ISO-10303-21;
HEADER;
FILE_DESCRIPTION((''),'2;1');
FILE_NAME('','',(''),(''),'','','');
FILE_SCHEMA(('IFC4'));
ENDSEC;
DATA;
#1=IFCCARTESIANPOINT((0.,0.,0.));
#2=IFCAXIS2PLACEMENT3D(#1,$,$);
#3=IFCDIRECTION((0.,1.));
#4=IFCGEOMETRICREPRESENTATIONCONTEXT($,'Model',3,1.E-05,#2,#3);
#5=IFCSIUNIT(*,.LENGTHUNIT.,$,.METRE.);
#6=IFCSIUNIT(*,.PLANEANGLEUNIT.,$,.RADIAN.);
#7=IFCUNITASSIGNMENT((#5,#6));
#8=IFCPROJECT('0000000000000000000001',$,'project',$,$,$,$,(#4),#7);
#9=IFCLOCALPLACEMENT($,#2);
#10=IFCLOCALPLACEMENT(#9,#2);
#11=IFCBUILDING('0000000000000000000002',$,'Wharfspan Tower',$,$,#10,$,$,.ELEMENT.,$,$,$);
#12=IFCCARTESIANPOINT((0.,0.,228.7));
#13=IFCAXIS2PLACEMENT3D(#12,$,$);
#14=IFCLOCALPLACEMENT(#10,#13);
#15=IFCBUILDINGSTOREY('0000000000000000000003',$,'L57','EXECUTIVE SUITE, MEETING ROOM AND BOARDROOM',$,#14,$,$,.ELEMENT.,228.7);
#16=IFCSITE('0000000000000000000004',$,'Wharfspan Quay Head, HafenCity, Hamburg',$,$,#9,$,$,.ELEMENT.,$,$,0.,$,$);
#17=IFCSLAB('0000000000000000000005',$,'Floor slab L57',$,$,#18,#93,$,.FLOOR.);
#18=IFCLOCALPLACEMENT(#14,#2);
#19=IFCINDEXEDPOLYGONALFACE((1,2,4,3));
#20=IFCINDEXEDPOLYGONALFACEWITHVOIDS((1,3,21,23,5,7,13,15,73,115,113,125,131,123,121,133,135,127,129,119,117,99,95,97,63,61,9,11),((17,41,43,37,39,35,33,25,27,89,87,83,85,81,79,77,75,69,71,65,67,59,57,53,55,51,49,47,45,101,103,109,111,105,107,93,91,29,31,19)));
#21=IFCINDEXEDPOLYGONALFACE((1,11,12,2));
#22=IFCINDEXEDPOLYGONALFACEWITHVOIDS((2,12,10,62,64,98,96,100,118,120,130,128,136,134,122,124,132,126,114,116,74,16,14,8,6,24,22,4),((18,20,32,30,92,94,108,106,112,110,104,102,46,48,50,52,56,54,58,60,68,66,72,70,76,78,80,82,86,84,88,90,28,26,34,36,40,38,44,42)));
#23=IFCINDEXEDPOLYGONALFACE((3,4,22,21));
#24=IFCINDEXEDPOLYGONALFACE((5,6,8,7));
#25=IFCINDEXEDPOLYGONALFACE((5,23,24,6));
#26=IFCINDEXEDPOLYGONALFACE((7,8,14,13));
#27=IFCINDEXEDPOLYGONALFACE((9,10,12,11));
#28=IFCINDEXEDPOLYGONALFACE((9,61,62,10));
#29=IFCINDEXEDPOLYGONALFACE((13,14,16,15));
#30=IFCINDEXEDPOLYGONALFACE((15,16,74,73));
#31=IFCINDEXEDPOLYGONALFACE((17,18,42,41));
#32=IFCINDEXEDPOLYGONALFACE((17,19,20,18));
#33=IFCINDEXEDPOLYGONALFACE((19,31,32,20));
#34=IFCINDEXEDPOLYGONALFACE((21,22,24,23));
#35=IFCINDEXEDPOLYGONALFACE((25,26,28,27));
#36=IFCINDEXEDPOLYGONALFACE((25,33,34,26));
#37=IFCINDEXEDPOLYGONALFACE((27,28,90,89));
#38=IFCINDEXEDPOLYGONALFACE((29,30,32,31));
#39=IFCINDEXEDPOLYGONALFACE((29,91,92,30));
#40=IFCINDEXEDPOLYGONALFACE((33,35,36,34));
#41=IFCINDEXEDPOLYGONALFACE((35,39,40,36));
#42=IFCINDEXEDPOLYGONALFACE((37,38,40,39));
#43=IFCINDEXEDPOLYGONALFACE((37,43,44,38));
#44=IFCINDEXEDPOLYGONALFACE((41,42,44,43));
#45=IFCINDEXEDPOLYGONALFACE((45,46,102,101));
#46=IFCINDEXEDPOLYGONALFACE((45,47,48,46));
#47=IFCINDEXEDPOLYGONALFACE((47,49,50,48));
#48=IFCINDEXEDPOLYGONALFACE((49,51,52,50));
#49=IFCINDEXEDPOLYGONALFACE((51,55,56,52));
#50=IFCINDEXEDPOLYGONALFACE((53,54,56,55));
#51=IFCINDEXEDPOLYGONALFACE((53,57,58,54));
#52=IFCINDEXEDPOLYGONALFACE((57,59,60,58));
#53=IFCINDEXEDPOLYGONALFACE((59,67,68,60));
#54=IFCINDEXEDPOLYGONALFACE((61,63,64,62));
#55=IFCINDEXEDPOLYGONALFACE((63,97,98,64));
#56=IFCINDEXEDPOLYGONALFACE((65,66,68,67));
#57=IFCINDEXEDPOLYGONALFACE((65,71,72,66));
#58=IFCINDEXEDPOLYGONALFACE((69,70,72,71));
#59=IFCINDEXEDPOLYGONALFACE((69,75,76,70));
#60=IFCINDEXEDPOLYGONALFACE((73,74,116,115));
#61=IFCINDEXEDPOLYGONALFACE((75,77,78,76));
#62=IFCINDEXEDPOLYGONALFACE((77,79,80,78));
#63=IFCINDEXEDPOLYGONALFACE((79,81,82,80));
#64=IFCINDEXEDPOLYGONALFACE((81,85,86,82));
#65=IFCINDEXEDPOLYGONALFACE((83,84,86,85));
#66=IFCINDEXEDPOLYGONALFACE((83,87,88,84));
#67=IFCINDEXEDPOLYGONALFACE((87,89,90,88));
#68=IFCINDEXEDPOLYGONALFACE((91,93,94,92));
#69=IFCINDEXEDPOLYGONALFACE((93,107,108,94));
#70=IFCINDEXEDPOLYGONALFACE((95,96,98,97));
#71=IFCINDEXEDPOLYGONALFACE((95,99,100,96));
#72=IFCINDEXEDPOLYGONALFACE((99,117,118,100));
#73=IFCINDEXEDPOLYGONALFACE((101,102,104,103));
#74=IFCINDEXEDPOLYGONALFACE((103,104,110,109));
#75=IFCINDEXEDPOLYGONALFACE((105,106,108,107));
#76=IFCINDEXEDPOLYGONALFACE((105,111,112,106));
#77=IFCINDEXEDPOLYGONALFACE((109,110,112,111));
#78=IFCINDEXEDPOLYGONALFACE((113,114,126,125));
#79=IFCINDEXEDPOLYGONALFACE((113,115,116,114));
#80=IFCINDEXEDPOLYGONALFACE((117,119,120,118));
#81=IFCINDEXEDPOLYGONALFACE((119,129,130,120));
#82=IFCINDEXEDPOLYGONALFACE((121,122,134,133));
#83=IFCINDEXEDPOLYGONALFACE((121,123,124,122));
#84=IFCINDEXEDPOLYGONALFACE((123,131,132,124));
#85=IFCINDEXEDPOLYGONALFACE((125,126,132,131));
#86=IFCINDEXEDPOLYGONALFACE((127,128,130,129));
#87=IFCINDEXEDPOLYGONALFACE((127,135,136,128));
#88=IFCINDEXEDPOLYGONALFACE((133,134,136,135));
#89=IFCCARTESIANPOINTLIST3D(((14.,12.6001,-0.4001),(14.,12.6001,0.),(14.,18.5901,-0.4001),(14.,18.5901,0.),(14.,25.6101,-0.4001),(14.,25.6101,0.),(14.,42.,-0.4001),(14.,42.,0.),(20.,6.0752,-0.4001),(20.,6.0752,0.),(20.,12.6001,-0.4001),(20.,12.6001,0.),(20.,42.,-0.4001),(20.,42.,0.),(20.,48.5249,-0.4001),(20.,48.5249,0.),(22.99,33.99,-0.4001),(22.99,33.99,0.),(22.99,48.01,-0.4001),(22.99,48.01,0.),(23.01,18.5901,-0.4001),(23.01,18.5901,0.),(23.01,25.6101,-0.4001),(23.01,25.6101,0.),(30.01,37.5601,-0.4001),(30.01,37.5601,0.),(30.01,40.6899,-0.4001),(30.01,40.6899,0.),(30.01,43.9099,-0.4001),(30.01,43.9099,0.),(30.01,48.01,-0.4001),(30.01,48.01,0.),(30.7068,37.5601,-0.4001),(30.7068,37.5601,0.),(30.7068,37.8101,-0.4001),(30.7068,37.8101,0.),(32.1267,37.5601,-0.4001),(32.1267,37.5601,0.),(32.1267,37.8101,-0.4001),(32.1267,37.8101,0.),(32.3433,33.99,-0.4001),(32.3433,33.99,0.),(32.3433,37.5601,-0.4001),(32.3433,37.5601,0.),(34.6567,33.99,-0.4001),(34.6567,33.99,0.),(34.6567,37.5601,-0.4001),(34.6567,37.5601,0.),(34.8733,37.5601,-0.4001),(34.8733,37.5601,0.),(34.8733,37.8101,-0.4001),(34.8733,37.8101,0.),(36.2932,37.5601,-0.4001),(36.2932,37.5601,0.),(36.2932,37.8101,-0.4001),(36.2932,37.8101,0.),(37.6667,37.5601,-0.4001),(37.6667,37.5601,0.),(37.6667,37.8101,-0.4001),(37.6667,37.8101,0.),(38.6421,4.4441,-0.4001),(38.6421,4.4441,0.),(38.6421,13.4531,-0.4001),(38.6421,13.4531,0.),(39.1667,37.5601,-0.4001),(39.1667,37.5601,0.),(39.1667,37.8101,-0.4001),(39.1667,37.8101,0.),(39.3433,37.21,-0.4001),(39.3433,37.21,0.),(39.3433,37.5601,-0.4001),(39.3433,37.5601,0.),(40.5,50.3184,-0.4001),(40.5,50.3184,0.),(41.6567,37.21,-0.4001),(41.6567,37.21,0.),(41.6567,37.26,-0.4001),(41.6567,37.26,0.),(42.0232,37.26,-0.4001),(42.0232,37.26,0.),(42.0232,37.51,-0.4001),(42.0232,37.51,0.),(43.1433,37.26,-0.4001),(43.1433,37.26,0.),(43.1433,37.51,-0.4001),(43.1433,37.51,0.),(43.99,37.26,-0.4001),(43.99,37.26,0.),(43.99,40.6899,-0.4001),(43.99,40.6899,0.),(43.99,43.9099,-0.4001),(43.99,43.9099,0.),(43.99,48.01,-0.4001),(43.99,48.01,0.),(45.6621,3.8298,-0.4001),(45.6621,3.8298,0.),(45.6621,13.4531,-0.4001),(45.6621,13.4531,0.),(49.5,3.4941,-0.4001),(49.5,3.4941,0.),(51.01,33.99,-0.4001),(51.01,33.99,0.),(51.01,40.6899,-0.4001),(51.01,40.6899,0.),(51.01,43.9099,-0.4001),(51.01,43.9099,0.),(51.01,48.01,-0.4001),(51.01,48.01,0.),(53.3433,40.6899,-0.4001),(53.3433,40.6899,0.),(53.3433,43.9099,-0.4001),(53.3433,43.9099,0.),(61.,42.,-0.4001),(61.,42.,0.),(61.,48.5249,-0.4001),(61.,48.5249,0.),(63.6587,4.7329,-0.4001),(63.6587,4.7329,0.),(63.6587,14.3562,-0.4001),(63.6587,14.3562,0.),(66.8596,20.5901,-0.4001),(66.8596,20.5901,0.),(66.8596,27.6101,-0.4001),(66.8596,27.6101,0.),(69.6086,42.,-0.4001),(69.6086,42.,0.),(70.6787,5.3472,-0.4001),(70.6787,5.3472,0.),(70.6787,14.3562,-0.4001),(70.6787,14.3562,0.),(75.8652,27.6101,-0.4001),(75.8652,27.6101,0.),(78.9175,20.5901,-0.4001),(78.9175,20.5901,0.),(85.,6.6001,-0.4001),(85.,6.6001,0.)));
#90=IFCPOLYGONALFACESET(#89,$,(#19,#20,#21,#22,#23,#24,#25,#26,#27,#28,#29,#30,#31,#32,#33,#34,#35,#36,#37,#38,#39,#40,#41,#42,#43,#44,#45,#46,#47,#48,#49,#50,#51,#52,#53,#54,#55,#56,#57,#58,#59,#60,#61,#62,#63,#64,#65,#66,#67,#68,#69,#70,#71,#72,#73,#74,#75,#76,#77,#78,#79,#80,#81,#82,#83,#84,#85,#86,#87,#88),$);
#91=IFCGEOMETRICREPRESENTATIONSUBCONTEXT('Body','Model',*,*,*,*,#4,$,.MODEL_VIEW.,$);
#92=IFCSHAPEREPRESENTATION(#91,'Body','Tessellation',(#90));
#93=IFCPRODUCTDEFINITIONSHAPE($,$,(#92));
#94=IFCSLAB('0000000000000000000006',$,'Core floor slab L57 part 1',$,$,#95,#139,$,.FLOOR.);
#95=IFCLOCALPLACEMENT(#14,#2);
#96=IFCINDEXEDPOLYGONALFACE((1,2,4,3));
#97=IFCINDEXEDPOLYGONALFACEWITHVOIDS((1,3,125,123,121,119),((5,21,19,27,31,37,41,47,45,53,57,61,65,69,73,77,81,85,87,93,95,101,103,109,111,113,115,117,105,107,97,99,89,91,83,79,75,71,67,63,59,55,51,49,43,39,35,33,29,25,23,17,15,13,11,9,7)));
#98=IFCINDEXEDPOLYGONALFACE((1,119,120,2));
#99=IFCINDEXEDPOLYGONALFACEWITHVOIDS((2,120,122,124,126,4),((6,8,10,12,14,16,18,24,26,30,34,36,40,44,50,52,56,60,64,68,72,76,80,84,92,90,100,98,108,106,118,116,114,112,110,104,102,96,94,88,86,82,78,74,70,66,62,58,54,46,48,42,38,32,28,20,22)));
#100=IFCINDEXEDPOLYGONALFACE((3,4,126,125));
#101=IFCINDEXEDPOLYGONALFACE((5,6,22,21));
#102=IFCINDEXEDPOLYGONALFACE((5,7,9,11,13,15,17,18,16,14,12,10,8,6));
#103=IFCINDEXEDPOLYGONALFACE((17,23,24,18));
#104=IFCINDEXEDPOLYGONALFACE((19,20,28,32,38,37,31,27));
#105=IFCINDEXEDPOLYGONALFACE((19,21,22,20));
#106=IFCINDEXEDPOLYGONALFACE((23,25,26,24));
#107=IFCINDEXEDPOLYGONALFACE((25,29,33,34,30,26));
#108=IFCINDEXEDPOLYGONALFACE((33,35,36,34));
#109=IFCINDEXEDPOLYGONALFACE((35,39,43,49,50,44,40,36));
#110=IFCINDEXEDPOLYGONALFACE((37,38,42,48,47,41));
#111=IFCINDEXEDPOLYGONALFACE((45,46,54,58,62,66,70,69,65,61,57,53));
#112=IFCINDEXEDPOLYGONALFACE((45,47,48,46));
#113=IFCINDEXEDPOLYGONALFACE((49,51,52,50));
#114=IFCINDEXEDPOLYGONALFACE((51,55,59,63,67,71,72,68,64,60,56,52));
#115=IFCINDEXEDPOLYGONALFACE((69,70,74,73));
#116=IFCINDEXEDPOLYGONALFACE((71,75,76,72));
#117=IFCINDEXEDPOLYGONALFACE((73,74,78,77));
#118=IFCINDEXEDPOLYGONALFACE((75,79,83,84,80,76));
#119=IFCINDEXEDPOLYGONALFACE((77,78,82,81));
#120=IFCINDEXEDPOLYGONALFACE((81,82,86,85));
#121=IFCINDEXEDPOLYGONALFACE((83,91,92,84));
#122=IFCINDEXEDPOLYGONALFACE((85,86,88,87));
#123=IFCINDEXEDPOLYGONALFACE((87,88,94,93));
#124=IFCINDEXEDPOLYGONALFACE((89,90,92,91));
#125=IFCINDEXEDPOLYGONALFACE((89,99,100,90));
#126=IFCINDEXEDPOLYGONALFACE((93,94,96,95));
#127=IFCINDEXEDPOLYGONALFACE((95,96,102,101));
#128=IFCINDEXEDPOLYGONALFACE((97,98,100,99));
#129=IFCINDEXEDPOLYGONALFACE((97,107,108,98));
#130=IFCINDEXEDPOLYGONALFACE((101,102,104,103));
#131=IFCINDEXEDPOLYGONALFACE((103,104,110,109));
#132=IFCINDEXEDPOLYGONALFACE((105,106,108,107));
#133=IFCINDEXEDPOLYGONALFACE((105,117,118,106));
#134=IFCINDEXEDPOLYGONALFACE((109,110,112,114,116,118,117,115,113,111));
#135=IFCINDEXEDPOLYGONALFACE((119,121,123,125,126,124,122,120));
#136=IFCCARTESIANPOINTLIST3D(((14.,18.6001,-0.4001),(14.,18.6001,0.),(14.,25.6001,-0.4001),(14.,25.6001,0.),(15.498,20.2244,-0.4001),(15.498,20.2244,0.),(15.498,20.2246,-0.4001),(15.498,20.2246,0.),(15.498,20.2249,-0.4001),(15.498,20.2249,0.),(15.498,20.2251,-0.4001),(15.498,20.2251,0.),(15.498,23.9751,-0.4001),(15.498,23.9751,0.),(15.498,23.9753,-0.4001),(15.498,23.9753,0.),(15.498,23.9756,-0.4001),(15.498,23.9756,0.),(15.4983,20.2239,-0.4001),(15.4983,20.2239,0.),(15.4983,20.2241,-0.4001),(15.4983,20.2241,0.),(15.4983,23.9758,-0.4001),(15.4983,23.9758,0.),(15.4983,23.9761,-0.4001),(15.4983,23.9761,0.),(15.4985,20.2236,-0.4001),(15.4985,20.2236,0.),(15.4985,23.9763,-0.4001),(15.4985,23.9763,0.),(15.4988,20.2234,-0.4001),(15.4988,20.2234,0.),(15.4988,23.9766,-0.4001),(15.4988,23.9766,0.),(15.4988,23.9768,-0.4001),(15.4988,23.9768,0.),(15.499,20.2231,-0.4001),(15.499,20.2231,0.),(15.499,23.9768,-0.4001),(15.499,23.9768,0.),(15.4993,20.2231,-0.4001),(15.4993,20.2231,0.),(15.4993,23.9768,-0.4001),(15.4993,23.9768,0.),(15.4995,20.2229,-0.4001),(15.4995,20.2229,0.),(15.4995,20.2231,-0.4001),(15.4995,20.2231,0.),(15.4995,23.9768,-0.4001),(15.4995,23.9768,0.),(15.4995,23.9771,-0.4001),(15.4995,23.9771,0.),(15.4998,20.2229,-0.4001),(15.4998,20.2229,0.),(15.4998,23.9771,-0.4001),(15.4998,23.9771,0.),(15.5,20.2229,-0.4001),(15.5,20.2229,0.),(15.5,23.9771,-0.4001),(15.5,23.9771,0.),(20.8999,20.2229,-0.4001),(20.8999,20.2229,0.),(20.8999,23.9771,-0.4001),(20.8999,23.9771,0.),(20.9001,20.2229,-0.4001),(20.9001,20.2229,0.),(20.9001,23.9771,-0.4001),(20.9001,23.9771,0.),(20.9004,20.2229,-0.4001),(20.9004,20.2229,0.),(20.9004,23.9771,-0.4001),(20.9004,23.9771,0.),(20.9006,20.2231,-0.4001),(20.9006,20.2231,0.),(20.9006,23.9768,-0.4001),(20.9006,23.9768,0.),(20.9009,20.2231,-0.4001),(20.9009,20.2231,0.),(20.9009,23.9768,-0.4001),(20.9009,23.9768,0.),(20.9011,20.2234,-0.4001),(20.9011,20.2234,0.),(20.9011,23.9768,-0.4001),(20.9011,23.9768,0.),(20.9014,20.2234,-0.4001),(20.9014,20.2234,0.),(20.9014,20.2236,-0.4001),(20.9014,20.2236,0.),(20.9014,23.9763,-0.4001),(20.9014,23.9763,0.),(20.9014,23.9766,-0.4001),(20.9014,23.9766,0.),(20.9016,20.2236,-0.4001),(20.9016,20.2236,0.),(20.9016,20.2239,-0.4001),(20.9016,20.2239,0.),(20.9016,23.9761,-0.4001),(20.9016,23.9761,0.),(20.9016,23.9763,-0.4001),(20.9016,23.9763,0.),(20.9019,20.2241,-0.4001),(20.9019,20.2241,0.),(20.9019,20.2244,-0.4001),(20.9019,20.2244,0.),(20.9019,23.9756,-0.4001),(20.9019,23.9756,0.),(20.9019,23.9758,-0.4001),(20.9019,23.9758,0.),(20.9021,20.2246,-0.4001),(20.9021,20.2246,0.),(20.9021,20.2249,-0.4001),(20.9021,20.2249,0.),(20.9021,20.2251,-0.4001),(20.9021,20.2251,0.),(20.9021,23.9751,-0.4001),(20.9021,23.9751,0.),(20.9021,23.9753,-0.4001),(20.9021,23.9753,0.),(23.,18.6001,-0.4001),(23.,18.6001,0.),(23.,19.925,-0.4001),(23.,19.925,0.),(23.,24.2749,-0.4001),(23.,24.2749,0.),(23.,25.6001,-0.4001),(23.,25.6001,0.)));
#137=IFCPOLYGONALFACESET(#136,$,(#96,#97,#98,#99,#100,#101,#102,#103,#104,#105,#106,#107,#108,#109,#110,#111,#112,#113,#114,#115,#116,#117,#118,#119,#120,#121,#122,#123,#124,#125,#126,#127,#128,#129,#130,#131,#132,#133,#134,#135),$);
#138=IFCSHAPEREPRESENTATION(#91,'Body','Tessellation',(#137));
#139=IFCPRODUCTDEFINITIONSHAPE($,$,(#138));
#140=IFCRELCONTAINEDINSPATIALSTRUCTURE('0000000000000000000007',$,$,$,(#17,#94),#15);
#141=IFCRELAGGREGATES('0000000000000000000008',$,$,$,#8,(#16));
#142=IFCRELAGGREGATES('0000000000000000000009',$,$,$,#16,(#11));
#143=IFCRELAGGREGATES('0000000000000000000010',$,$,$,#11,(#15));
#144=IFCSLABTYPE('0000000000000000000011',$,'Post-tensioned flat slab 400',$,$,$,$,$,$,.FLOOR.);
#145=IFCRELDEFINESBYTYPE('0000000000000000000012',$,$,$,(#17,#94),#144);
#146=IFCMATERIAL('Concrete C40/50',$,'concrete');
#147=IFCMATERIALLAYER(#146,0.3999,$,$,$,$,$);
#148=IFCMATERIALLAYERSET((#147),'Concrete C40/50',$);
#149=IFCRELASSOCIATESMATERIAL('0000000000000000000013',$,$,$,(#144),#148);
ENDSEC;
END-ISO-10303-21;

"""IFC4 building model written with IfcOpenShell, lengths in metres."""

from ifc_helpers import new_model, si_unit, direction, frame, origin, place, context, subcontext, project, spatial, polyline, outline, extrude, material, layer, layer_set, type_object, element, save


model = new_model("IFC4")

# Units and contexts
model_context = context("Model", 3, precision=1e-05, world=origin(), true_north=direction((0.0, 1.0)))
body_context = subcontext(model_context, "Body", "Model", "MODEL_VIEW")
ifc_project = project(units=[si_unit("LENGTHUNIT", "METRE"), si_unit("PLANEANGLEUNIT", "RADIAN")], contexts=[model_context])

# Site, building, storey
site_placement = place(None, origin())
site = spatial("IfcSite", under=ifc_project, at=site_placement, Name="Wharfspan Quay Head, HafenCity, Hamburg", CompositionType="ELEMENT", RefElevation=0.0)
building_placement = place(site_placement, origin())
building = spatial("IfcBuilding", under=site, at=building_placement, Name="Wharfspan Tower", CompositionType="ELEMENT")
storey_placement = place(building_placement, frame((0.0, 0.0, 228.7)))
storey = spatial("IfcBuildingStorey", under=building, at=storey_placement, Name="L57", Description="EXECUTIVE SUITE, MEETING ROOM AND BOARDROOM", CompositionType="ELEMENT", Elevation=228.7)

# Slabs
ifc_material_1 = material(Name="Concrete C40/50", Category="concrete")
ifc_layer_1 = layer(ifc_material_1, 0.3999)
ifc_layer_set_1 = layer_set([ifc_layer_1], Name="Concrete C40/50")
slab_type_1 = type_object("IfcSlabType", Name="Post-tensioned flat slab 400", PredefinedType="FLOOR", material=ifc_layer_set_1)
slab_1_placement = place(storey_placement, frame((0.0, 0.0, -0.4001)))
element("IfcSlab", 1, at=slab_1_placement, inside=storey, type_object=slab_type_1, Name="Floor slab L57", PredefinedType="FLOOR", context=body_context, shape_type="SweptSolid", body=[
    extrude(outline(polyline([(38.6421, 4.4441), (38.6421, 13.4531), (45.6621, 13.4531), (45.6621, 3.8298), (49.5, 3.4941), (63.6587, 4.7329), (63.6587, 14.3562), (70.6787, 14.3562), (70.6787, 5.3472), (85.0, 6.6001), (78.9175, 20.5901), (66.8596, 20.5901), (66.8596, 27.6101), (75.8652, 27.6101), (69.6086, 42.0), (61.0, 42.0), (61.0, 48.5249), (40.5, 50.3184), (20.0, 48.5249), (20.0, 42.0), (14.0, 42.0), (14.0, 25.6101), (23.01, 25.6101), (23.01, 18.5901), (14.0, 18.5901), (14.0, 12.6001), (20.0, 12.6001), (20.0, 6.0752), (38.6421, 4.4441)]), holes=[polyline([(32.1267, 37.5601), (32.3433, 37.5601), (32.3433, 33.99), (22.99, 33.99), (22.99, 48.01), (30.01, 48.01), (30.01, 43.9099), (43.99, 43.9099), (43.99, 48.01), (51.01, 48.01), (51.01, 43.9099), (53.3433, 43.9099), (53.3433, 40.6899), (51.01, 40.6899), (51.01, 33.99), (34.6567, 33.99), (34.6567, 37.5601), (34.8733, 37.5601), (34.8733, 37.8101), (36.2932, 37.8101), (36.2932, 37.5601), (37.6667, 37.5601), (37.6667, 37.8101), (39.1667, 37.8101), (39.1667, 37.5601), (39.3433, 37.5601), (39.3433, 37.21), (41.6567, 37.21), (41.6567, 37.26), (42.0232, 37.26), (42.0232, 37.51), (43.1433, 37.51), (43.1433, 37.26), (43.99, 37.26), (43.99, 40.6899), (30.01, 40.6899), (30.01, 37.5601), (30.7068, 37.5601), (30.7068, 37.8101), (32.1267, 37.8101), (32.1267, 37.5601)])]), origin(), (0.0, 0.0, 1.0), 0.4001),
])
slab_2_placement = place(storey_placement, frame((0.0, 0.0, -0.4001)))
element("IfcSlab", 2, at=slab_2_placement, inside=storey, type_object=slab_type_1, Name="Core floor slab L57 part 1", PredefinedType="FLOOR", context=body_context, shape_type="SweptSolid", body=[
    extrude(outline(polyline([(23.0, 19.925), (23.0, 24.2749), (23.0, 25.6001), (14.0, 25.6001), (14.0, 18.6001), (23.0, 18.6001), (23.0, 19.925)]), holes=[polyline([(20.8999, 23.9771), (20.9001, 23.9771), (20.9004, 23.9771), (20.9006, 23.9768), (20.9009, 23.9768), (20.9009, 23.9768), (20.9011, 23.9768), (20.9014, 23.9766), (20.9014, 23.9763), (20.9016, 23.9763), (20.9016, 23.9761), (20.9019, 23.9758), (20.9019, 23.9758), (20.9019, 23.9756), (20.9021, 23.9753), (20.9021, 23.9751), (20.9021, 23.9751), (20.9021, 20.2251), (20.9021, 20.2249), (20.9021, 20.2246), (20.9019, 20.2244), (20.9019, 20.2241), (20.9019, 20.2241), (20.9016, 20.2239), (20.9016, 20.2236), (20.9014, 20.2236), (20.9014, 20.2234), (20.9011, 20.2234), (20.9009, 20.2231), (20.9009, 20.2231), (20.9006, 20.2231), (20.9004, 20.2229), (20.9001, 20.2229), (20.8999, 20.2229), (15.5, 20.2229), (15.4998, 20.2229), (15.4995, 20.2229), (15.4995, 20.2231), (15.4993, 20.2231), (15.499, 20.2231), (15.4988, 20.2234), (15.4988, 20.2234), (15.4985, 20.2236), (15.4985, 20.2236), (15.4983, 20.2239), (15.4983, 20.2241), (15.4983, 20.2241), (15.498, 20.2244), (15.498, 20.2246), (15.498, 20.2249), (15.498, 20.2251), (15.498, 23.9751), (15.498, 23.9751), (15.498, 23.9753), (15.498, 23.9756), (15.4983, 23.9758), (15.4983, 23.9758), (15.4983, 23.9761), (15.4985, 23.9763), (15.4985, 23.9763), (15.4988, 23.9766), (15.4988, 23.9768), (15.499, 23.9768), (15.4993, 23.9768), (15.4995, 23.9768), (15.4995, 23.9771), (15.4998, 23.9771), (15.5, 23.9771), (20.8999, 23.9771)])]), origin(), (0.0, 0.0, 1.0), 0.4001),
])

save(model, "model.ifc")
